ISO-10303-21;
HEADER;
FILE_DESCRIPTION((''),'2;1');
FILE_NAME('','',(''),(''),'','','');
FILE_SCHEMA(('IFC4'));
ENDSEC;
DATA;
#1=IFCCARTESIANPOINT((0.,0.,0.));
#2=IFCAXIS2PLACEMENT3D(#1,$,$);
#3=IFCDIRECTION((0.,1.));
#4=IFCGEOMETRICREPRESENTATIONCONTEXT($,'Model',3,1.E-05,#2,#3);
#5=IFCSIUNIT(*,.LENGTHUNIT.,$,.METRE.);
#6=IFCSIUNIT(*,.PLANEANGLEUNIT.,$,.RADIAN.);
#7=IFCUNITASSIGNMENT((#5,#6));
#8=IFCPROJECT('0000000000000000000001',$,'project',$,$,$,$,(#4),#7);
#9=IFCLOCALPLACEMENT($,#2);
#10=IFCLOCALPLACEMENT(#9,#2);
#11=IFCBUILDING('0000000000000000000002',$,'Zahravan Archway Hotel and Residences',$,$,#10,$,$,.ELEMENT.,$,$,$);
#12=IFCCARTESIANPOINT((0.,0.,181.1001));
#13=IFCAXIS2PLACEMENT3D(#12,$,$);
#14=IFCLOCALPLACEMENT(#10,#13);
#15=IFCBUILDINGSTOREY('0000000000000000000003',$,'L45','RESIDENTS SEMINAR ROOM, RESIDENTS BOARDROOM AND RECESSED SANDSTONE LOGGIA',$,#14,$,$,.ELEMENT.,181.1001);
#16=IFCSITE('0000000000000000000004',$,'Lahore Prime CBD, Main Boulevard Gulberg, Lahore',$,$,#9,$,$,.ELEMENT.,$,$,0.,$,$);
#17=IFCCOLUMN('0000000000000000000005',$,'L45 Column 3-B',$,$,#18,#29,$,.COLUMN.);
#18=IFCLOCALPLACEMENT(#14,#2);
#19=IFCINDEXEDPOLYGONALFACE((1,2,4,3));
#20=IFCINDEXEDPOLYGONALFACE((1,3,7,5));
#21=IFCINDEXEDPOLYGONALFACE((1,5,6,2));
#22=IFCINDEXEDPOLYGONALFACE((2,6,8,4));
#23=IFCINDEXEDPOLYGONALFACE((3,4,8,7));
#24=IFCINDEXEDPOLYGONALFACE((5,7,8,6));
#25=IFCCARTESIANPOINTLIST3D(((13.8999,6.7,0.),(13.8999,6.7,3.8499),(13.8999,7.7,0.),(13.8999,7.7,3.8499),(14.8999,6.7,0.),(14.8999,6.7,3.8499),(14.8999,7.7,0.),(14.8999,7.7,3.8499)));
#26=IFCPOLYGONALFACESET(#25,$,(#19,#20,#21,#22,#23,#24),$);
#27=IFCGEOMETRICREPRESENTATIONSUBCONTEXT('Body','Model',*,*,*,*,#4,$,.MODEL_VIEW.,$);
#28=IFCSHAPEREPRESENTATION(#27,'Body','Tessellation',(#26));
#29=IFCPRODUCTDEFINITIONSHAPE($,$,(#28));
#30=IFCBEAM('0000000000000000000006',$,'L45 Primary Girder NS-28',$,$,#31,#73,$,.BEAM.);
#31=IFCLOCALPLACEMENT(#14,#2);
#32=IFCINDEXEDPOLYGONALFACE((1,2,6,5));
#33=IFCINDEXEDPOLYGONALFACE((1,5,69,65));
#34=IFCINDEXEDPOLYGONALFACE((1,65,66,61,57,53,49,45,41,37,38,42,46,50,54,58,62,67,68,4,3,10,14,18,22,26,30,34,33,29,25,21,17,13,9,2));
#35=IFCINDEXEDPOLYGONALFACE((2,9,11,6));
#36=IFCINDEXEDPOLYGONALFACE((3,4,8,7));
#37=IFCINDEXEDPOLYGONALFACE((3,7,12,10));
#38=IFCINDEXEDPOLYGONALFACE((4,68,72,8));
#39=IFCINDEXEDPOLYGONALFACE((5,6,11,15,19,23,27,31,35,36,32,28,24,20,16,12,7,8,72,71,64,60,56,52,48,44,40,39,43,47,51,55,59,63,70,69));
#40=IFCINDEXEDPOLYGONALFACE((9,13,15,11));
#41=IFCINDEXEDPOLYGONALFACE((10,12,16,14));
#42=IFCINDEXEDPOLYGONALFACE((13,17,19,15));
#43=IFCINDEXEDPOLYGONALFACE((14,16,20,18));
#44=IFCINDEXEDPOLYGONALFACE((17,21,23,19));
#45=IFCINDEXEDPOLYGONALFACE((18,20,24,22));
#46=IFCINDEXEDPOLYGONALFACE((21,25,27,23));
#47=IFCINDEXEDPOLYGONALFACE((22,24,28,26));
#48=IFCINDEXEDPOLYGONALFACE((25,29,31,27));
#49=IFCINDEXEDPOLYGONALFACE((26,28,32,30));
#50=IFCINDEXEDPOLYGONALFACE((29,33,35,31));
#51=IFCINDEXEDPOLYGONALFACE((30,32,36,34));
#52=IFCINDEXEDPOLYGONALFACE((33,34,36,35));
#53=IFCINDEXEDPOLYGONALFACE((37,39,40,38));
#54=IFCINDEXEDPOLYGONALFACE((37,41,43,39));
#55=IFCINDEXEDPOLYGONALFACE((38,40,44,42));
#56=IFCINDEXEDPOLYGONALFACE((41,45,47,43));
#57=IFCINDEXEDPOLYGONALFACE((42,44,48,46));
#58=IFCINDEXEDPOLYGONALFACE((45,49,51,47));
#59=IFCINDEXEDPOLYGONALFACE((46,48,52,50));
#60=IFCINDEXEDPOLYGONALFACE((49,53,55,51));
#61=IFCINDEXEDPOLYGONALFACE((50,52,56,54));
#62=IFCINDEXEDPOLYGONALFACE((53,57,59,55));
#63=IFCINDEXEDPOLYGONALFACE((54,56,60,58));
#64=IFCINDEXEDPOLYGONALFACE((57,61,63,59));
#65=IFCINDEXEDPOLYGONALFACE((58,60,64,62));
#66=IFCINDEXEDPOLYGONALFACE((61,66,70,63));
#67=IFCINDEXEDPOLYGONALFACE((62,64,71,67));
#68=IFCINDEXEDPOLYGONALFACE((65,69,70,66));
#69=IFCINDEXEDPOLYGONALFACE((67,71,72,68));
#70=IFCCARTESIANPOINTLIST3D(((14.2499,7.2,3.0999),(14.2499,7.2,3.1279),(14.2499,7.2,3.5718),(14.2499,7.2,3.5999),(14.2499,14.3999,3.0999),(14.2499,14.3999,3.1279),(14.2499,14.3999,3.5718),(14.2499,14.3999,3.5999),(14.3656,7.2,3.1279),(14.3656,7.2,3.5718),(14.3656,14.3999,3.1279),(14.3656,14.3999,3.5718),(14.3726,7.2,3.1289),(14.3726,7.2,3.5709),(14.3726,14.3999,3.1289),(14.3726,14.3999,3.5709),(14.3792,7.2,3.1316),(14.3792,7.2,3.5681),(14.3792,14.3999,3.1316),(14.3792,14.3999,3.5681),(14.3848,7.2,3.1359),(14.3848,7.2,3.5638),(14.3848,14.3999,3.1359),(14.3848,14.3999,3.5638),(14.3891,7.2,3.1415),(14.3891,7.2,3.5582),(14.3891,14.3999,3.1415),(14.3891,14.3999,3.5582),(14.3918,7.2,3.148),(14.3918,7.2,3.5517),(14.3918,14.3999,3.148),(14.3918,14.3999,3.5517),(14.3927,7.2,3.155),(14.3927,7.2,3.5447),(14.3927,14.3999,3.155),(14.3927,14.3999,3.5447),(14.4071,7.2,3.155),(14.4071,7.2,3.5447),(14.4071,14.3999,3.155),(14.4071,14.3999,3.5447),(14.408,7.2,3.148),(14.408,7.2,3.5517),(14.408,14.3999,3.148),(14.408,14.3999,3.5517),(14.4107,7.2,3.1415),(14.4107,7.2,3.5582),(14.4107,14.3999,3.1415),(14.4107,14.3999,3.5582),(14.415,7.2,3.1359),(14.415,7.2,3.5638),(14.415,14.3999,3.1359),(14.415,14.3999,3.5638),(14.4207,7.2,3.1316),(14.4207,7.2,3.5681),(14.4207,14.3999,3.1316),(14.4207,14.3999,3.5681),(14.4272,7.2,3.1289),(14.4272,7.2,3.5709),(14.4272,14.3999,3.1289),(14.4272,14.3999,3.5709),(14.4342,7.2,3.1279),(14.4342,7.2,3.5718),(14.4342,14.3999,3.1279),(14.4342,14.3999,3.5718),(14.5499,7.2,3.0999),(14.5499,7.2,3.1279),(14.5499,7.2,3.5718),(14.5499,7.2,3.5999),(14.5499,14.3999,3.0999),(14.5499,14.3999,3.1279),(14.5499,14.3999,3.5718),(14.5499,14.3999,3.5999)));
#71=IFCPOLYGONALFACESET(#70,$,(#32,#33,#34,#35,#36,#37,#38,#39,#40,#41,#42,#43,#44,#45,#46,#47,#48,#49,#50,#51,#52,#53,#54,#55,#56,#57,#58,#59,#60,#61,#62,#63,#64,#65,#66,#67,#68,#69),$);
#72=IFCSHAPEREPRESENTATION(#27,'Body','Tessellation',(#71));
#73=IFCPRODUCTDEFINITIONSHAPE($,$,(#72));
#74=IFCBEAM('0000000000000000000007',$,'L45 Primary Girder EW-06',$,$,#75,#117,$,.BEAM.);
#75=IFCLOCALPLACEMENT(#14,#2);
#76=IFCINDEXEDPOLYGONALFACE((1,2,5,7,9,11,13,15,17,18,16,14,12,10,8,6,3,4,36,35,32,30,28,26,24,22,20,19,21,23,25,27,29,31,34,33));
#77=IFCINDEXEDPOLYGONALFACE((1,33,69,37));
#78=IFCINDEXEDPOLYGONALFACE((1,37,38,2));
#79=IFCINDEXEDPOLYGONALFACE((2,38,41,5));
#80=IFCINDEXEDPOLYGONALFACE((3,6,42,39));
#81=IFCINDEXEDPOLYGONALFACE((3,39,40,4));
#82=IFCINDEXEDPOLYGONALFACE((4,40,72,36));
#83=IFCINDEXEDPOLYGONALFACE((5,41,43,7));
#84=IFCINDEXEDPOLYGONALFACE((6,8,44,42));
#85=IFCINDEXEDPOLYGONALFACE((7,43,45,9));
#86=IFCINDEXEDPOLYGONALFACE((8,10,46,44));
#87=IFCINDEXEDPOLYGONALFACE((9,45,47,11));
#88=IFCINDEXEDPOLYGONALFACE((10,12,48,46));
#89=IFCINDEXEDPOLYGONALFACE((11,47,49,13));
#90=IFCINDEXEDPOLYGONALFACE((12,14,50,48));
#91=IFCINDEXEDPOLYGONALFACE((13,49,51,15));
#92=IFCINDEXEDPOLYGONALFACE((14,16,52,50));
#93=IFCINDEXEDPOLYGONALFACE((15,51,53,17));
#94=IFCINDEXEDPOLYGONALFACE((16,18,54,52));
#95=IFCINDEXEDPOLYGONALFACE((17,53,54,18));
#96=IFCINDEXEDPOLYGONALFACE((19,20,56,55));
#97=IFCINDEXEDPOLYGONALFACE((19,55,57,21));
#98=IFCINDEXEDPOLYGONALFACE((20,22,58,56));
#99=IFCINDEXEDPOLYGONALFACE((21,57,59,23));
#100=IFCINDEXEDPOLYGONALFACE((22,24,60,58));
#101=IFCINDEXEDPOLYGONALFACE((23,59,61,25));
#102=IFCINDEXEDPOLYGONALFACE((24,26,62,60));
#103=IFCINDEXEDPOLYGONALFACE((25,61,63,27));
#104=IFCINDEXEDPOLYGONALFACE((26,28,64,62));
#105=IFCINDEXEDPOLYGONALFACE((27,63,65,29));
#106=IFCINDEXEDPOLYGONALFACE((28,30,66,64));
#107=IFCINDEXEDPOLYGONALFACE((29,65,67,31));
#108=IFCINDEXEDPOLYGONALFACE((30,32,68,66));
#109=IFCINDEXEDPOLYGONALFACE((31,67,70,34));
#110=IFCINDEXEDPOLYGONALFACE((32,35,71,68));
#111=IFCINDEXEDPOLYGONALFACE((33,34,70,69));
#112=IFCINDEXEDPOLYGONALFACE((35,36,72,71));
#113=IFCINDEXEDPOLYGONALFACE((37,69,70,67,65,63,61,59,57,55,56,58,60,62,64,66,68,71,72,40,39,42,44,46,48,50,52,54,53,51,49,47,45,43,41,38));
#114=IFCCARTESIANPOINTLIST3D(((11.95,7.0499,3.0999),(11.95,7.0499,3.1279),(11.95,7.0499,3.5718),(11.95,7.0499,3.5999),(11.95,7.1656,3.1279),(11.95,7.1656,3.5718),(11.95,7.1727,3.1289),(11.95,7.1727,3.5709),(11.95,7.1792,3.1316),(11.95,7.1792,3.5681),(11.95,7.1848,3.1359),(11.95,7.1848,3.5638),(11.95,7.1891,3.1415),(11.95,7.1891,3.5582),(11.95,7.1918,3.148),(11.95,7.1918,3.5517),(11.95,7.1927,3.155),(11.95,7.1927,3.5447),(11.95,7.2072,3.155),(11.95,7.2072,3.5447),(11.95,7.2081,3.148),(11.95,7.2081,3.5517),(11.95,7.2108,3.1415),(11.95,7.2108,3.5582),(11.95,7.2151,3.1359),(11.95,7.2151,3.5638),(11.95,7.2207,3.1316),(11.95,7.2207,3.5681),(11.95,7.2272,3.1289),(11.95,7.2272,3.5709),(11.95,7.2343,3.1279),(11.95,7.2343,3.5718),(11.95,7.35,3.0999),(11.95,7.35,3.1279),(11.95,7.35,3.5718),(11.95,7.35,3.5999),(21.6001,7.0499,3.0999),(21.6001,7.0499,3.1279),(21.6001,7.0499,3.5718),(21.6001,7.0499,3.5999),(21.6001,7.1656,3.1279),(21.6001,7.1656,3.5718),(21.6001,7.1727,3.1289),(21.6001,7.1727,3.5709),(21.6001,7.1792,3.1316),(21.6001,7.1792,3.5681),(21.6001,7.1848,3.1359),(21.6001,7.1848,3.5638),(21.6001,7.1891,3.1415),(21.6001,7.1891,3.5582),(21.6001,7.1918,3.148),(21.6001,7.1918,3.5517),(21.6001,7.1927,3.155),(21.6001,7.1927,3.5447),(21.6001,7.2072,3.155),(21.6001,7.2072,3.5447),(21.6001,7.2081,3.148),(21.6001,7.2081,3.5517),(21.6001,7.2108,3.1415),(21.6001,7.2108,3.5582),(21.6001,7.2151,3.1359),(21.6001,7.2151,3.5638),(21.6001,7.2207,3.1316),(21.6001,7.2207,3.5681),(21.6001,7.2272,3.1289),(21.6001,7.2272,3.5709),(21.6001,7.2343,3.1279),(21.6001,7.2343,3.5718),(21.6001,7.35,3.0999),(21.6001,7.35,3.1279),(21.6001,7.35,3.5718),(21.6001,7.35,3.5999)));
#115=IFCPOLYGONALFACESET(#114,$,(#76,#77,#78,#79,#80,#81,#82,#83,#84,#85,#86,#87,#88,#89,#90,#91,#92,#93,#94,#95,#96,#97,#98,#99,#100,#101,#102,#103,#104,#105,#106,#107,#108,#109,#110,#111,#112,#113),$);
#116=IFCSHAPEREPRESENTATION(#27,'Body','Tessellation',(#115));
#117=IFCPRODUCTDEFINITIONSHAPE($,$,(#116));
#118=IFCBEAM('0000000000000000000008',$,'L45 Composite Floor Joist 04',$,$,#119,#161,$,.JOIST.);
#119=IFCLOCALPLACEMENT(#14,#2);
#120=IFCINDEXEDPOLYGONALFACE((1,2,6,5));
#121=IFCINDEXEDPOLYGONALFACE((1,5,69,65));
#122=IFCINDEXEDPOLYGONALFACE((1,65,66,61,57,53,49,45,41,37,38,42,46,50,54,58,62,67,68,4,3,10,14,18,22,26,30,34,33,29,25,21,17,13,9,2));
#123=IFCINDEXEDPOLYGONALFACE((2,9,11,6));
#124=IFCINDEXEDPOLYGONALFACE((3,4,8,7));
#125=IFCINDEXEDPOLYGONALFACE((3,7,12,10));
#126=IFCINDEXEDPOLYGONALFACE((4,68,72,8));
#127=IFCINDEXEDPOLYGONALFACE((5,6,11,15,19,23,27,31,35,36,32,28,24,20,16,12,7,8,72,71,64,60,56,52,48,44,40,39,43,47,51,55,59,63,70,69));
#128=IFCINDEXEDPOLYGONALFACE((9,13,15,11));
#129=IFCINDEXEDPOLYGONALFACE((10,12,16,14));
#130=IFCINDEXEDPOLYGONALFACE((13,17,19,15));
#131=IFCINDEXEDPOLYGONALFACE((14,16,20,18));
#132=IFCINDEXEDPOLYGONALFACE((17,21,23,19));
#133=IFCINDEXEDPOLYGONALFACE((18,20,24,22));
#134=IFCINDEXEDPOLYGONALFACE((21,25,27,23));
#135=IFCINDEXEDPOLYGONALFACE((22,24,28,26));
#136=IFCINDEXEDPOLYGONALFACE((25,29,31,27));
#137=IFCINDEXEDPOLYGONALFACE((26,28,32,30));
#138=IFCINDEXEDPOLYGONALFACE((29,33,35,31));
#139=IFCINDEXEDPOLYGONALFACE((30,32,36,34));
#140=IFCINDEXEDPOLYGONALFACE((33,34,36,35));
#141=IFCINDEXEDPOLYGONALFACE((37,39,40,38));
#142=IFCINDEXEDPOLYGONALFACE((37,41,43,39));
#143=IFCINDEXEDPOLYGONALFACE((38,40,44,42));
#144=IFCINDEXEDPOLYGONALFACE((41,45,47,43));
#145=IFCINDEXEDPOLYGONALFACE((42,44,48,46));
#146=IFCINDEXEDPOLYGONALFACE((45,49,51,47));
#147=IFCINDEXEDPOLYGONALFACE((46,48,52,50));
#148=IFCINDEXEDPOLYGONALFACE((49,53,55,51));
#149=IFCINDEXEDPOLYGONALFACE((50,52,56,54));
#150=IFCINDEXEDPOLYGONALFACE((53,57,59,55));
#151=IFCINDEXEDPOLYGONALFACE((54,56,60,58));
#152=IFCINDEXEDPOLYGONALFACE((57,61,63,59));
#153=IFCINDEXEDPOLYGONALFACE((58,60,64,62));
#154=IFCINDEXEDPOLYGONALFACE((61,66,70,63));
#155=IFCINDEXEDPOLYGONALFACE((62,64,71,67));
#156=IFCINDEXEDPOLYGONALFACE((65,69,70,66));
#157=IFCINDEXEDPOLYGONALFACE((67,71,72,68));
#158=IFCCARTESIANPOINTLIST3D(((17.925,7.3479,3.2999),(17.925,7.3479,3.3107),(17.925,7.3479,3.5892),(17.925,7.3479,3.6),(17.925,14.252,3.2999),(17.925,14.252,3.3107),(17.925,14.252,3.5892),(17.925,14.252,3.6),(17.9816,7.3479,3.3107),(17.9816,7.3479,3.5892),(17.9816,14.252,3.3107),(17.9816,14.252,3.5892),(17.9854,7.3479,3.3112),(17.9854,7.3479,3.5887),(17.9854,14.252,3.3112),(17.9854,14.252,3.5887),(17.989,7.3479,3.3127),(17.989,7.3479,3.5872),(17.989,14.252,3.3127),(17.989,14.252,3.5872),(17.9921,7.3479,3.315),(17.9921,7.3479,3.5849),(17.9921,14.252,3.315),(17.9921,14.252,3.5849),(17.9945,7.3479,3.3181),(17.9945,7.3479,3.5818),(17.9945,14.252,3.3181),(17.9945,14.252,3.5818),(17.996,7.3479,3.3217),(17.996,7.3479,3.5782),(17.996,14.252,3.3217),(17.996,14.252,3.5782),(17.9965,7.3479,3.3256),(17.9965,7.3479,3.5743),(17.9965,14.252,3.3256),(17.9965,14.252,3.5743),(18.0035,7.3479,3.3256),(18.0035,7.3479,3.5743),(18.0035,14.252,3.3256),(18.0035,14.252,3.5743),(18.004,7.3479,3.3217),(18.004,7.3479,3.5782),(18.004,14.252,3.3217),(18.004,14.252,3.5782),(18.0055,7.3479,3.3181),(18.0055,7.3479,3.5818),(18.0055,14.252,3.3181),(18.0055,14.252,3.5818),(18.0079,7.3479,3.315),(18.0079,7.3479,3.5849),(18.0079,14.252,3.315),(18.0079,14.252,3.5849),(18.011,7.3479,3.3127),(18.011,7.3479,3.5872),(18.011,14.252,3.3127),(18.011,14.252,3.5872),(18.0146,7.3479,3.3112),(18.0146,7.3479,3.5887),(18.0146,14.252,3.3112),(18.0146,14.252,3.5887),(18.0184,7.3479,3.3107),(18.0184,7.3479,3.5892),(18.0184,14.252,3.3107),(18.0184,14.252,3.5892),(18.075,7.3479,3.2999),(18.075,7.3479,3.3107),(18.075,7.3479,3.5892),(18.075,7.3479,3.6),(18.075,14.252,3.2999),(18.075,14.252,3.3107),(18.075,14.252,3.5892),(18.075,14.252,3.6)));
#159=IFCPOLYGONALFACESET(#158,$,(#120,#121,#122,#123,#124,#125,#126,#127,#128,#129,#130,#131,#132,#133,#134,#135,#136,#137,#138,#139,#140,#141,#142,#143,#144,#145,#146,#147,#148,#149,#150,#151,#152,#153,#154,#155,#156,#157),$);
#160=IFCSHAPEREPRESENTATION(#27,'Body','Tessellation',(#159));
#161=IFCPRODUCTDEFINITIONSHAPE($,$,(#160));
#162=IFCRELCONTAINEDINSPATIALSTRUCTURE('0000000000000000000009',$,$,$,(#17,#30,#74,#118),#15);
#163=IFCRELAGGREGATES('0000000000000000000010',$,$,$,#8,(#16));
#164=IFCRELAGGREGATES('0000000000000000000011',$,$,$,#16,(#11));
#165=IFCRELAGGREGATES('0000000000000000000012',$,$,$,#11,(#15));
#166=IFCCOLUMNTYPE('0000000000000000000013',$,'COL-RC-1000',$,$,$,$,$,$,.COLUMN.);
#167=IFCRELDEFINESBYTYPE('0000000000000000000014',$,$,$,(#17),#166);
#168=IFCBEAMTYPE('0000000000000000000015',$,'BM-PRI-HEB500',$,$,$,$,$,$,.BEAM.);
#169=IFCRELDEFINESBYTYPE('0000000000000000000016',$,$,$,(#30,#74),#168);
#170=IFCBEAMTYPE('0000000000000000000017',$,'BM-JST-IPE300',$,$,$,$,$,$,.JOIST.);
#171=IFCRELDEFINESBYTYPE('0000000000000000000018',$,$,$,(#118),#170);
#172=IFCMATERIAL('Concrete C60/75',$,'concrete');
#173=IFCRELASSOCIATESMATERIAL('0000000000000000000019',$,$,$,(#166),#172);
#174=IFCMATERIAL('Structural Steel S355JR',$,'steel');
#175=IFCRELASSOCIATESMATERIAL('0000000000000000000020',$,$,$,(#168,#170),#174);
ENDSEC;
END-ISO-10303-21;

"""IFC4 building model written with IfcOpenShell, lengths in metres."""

from ifc_helpers import new_model, si_unit, direction, frame, origin, origin_2d, place, context, subcontext, project, spatial, rectangle, i_section, extrude, source, transform, mapped, material, material_profile, profile_set, type_object, type_shapes, element, save


model = new_model("IFC4")

# Units and contexts
model_context = context("Model", 3, precision=1e-05, world=origin(), true_north=direction((0.0, 1.0)))
body_context = subcontext(model_context, "Body", "Model", "MODEL_VIEW")
ifc_project = project(units=[si_unit("LENGTHUNIT", "METRE"), si_unit("PLANEANGLEUNIT", "RADIAN")], contexts=[model_context])

# Site, building, storey
site_placement = place(None, origin())
site = spatial("IfcSite", under=ifc_project, at=site_placement, Name="Lahore Prime CBD, Main Boulevard Gulberg, Lahore", CompositionType="ELEMENT", RefElevation=0.0)
building_placement = place(site_placement, origin())
building = spatial("IfcBuilding", under=site, at=building_placement, Name="Zahravan Archway Hotel and Residences", CompositionType="ELEMENT")
storey_placement = place(building_placement, frame((0.0, 0.0, 181.1001)))
storey = spatial("IfcBuildingStorey", under=building, at=storey_placement, Name="L45", Description="RESIDENTS SEMINAR ROOM, RESIDENTS BOARDROOM AND RECESSED SANDSTONE LOGGIA", CompositionType="ELEMENT", Elevation=181.1001)

# Column
ifc_material_1 = material(Name="Concrete C60/75", Category="concrete")
ifc_material_profile_1 = material_profile(ifc_material_1, rectangle(XDim=1.0, YDim=1.0, at=origin_2d()), Name="RC-COL-1000x1000", Category="concrete")
ifc_profile_set_1 = profile_set([ifc_material_profile_1], Name="Concrete C60/75")
column_type = type_object("IfcColumnType", Name="COL-RC-1000", PredefinedType="COLUMN", material=ifc_profile_set_1)
shared_shape_1 = source(origin(), body_context, "Body", "SweptSolid", [
    extrude(rectangle(XDim=1.0, YDim=1.0, at=origin_2d()), origin(), (0.0, 0.0, 1.0), 3.8499),
])
column_placement = place(storey_placement, frame((14.3999, 7.2, 0.0), z_axis=(0.0, 0.0, 1.0), x_axis=(1.0, 0.0, 0.0)))
element("IfcColumn", 1, at=column_placement, inside=storey, type_object=column_type, Name="L45 Column 3-B", PredefinedType="COLUMN", context=body_context, shape_type="MappedRepresentation", body=[
    mapped(shared_shape_1, transform((0.0, 0.0, 0.0), scale=1.0)),
])

# Beams
ifc_material_2 = material(Name="Structural Steel S355JR", Category="steel")
ifc_material_profile_2 = material_profile(ifc_material_2, i_section(OverallWidth=0.3, OverallDepth=0.5, WebThickness=0.0144, FlangeThickness=0.0281, FilletRadius=0.0271, at=origin_2d()), Name="HEB 500", Category="steel")
ifc_profile_set_2 = profile_set([ifc_material_profile_2], Name="Structural Steel S355JR")
beam_type_1 = type_object("IfcBeamType", Name="BM-PRI-HEB500", PredefinedType="BEAM", material=ifc_profile_set_2)
shared_shape_2 = source(origin(), body_context, "Body", "SweptSolid", [
    extrude(i_section(OverallWidth=0.3, OverallDepth=0.5, WebThickness=0.0144, FlangeThickness=0.0281, FilletRadius=0.0271, at=origin_2d()), origin(), (0.0, 0.0, 1.0), 7.2),
])
beam_1_placement = place(storey_placement, frame((14.3999, 7.2, 3.3499), z_axis=(0.0, 1.0, 0.0), x_axis=(-1.0, 0.0, 0.0)))
element("IfcBeam", 2, at=beam_1_placement, inside=storey, type_object=beam_type_1, Name="L45 Primary Girder NS-28", PredefinedType="BEAM", context=body_context, shape_type="MappedRepresentation", body=[
    mapped(shared_shape_2, transform((0.0, 0.0, 0.0), scale=1.0)),
])
shared_shape_3 = source(origin(), body_context, "Body", "SweptSolid", [
    extrude(i_section(OverallWidth=0.3, OverallDepth=0.5, WebThickness=0.0144, FlangeThickness=0.0281, FilletRadius=0.0271, at=origin_2d()), origin(), (0.0, 0.0, 1.0), 9.6501),
])
beam_2_placement = place(storey_placement, frame((11.95, 7.2, 3.3499), z_axis=(1.0, 0.0, 0.0), x_axis=(0.0, 1.0, 0.0)))
element("IfcBeam", 3, at=beam_2_placement, inside=storey, type_object=beam_type_1, Name="L45 Primary Girder EW-06", PredefinedType="BEAM", context=body_context, shape_type="MappedRepresentation", body=[
    mapped(shared_shape_3, transform((0.0, 0.0, 0.0), scale=1.0)),
])
ifc_material_profile_3 = material_profile(ifc_material_2, i_section(OverallWidth=0.1499, OverallDepth=0.3, WebThickness=0.0071, FlangeThickness=0.0107, FilletRadius=0.0149, at=origin_2d()), Name="IPE 300", Category="steel")
ifc_profile_set_3 = profile_set([ifc_material_profile_3], Name="Structural Steel S355JR")
beam_type_2 = type_object("IfcBeamType", Name="BM-JST-IPE300", PredefinedType="JOIST", material=ifc_profile_set_3)
shared_shape_4 = source(origin(), body_context, "Body", "SweptSolid", [
    extrude(i_section(OverallWidth=0.1499, OverallDepth=0.3, WebThickness=0.0071, FlangeThickness=0.0107, FilletRadius=0.0149, at=origin_2d()), origin(), (0.0, 0.0, 1.0), 6.9041),
])
type_shapes(beam_type_2, [shared_shape_4])
beam_3_placement = place(storey_placement, frame((18.0, 7.3479, 3.45), z_axis=(0.0, 1.0, 0.0), x_axis=(-1.0, 0.0, 0.0)))
element("IfcBeam", 4, at=beam_3_placement, inside=storey, type_object=beam_type_2, Name="L45 Composite Floor Joist 04", PredefinedType="JOIST", context=body_context, shape_type="MappedRepresentation", body=[
    mapped(shared_shape_4, transform((0.0, 0.0, 0.0), scale=1.0)),
])

save(model, "model.ifc")
